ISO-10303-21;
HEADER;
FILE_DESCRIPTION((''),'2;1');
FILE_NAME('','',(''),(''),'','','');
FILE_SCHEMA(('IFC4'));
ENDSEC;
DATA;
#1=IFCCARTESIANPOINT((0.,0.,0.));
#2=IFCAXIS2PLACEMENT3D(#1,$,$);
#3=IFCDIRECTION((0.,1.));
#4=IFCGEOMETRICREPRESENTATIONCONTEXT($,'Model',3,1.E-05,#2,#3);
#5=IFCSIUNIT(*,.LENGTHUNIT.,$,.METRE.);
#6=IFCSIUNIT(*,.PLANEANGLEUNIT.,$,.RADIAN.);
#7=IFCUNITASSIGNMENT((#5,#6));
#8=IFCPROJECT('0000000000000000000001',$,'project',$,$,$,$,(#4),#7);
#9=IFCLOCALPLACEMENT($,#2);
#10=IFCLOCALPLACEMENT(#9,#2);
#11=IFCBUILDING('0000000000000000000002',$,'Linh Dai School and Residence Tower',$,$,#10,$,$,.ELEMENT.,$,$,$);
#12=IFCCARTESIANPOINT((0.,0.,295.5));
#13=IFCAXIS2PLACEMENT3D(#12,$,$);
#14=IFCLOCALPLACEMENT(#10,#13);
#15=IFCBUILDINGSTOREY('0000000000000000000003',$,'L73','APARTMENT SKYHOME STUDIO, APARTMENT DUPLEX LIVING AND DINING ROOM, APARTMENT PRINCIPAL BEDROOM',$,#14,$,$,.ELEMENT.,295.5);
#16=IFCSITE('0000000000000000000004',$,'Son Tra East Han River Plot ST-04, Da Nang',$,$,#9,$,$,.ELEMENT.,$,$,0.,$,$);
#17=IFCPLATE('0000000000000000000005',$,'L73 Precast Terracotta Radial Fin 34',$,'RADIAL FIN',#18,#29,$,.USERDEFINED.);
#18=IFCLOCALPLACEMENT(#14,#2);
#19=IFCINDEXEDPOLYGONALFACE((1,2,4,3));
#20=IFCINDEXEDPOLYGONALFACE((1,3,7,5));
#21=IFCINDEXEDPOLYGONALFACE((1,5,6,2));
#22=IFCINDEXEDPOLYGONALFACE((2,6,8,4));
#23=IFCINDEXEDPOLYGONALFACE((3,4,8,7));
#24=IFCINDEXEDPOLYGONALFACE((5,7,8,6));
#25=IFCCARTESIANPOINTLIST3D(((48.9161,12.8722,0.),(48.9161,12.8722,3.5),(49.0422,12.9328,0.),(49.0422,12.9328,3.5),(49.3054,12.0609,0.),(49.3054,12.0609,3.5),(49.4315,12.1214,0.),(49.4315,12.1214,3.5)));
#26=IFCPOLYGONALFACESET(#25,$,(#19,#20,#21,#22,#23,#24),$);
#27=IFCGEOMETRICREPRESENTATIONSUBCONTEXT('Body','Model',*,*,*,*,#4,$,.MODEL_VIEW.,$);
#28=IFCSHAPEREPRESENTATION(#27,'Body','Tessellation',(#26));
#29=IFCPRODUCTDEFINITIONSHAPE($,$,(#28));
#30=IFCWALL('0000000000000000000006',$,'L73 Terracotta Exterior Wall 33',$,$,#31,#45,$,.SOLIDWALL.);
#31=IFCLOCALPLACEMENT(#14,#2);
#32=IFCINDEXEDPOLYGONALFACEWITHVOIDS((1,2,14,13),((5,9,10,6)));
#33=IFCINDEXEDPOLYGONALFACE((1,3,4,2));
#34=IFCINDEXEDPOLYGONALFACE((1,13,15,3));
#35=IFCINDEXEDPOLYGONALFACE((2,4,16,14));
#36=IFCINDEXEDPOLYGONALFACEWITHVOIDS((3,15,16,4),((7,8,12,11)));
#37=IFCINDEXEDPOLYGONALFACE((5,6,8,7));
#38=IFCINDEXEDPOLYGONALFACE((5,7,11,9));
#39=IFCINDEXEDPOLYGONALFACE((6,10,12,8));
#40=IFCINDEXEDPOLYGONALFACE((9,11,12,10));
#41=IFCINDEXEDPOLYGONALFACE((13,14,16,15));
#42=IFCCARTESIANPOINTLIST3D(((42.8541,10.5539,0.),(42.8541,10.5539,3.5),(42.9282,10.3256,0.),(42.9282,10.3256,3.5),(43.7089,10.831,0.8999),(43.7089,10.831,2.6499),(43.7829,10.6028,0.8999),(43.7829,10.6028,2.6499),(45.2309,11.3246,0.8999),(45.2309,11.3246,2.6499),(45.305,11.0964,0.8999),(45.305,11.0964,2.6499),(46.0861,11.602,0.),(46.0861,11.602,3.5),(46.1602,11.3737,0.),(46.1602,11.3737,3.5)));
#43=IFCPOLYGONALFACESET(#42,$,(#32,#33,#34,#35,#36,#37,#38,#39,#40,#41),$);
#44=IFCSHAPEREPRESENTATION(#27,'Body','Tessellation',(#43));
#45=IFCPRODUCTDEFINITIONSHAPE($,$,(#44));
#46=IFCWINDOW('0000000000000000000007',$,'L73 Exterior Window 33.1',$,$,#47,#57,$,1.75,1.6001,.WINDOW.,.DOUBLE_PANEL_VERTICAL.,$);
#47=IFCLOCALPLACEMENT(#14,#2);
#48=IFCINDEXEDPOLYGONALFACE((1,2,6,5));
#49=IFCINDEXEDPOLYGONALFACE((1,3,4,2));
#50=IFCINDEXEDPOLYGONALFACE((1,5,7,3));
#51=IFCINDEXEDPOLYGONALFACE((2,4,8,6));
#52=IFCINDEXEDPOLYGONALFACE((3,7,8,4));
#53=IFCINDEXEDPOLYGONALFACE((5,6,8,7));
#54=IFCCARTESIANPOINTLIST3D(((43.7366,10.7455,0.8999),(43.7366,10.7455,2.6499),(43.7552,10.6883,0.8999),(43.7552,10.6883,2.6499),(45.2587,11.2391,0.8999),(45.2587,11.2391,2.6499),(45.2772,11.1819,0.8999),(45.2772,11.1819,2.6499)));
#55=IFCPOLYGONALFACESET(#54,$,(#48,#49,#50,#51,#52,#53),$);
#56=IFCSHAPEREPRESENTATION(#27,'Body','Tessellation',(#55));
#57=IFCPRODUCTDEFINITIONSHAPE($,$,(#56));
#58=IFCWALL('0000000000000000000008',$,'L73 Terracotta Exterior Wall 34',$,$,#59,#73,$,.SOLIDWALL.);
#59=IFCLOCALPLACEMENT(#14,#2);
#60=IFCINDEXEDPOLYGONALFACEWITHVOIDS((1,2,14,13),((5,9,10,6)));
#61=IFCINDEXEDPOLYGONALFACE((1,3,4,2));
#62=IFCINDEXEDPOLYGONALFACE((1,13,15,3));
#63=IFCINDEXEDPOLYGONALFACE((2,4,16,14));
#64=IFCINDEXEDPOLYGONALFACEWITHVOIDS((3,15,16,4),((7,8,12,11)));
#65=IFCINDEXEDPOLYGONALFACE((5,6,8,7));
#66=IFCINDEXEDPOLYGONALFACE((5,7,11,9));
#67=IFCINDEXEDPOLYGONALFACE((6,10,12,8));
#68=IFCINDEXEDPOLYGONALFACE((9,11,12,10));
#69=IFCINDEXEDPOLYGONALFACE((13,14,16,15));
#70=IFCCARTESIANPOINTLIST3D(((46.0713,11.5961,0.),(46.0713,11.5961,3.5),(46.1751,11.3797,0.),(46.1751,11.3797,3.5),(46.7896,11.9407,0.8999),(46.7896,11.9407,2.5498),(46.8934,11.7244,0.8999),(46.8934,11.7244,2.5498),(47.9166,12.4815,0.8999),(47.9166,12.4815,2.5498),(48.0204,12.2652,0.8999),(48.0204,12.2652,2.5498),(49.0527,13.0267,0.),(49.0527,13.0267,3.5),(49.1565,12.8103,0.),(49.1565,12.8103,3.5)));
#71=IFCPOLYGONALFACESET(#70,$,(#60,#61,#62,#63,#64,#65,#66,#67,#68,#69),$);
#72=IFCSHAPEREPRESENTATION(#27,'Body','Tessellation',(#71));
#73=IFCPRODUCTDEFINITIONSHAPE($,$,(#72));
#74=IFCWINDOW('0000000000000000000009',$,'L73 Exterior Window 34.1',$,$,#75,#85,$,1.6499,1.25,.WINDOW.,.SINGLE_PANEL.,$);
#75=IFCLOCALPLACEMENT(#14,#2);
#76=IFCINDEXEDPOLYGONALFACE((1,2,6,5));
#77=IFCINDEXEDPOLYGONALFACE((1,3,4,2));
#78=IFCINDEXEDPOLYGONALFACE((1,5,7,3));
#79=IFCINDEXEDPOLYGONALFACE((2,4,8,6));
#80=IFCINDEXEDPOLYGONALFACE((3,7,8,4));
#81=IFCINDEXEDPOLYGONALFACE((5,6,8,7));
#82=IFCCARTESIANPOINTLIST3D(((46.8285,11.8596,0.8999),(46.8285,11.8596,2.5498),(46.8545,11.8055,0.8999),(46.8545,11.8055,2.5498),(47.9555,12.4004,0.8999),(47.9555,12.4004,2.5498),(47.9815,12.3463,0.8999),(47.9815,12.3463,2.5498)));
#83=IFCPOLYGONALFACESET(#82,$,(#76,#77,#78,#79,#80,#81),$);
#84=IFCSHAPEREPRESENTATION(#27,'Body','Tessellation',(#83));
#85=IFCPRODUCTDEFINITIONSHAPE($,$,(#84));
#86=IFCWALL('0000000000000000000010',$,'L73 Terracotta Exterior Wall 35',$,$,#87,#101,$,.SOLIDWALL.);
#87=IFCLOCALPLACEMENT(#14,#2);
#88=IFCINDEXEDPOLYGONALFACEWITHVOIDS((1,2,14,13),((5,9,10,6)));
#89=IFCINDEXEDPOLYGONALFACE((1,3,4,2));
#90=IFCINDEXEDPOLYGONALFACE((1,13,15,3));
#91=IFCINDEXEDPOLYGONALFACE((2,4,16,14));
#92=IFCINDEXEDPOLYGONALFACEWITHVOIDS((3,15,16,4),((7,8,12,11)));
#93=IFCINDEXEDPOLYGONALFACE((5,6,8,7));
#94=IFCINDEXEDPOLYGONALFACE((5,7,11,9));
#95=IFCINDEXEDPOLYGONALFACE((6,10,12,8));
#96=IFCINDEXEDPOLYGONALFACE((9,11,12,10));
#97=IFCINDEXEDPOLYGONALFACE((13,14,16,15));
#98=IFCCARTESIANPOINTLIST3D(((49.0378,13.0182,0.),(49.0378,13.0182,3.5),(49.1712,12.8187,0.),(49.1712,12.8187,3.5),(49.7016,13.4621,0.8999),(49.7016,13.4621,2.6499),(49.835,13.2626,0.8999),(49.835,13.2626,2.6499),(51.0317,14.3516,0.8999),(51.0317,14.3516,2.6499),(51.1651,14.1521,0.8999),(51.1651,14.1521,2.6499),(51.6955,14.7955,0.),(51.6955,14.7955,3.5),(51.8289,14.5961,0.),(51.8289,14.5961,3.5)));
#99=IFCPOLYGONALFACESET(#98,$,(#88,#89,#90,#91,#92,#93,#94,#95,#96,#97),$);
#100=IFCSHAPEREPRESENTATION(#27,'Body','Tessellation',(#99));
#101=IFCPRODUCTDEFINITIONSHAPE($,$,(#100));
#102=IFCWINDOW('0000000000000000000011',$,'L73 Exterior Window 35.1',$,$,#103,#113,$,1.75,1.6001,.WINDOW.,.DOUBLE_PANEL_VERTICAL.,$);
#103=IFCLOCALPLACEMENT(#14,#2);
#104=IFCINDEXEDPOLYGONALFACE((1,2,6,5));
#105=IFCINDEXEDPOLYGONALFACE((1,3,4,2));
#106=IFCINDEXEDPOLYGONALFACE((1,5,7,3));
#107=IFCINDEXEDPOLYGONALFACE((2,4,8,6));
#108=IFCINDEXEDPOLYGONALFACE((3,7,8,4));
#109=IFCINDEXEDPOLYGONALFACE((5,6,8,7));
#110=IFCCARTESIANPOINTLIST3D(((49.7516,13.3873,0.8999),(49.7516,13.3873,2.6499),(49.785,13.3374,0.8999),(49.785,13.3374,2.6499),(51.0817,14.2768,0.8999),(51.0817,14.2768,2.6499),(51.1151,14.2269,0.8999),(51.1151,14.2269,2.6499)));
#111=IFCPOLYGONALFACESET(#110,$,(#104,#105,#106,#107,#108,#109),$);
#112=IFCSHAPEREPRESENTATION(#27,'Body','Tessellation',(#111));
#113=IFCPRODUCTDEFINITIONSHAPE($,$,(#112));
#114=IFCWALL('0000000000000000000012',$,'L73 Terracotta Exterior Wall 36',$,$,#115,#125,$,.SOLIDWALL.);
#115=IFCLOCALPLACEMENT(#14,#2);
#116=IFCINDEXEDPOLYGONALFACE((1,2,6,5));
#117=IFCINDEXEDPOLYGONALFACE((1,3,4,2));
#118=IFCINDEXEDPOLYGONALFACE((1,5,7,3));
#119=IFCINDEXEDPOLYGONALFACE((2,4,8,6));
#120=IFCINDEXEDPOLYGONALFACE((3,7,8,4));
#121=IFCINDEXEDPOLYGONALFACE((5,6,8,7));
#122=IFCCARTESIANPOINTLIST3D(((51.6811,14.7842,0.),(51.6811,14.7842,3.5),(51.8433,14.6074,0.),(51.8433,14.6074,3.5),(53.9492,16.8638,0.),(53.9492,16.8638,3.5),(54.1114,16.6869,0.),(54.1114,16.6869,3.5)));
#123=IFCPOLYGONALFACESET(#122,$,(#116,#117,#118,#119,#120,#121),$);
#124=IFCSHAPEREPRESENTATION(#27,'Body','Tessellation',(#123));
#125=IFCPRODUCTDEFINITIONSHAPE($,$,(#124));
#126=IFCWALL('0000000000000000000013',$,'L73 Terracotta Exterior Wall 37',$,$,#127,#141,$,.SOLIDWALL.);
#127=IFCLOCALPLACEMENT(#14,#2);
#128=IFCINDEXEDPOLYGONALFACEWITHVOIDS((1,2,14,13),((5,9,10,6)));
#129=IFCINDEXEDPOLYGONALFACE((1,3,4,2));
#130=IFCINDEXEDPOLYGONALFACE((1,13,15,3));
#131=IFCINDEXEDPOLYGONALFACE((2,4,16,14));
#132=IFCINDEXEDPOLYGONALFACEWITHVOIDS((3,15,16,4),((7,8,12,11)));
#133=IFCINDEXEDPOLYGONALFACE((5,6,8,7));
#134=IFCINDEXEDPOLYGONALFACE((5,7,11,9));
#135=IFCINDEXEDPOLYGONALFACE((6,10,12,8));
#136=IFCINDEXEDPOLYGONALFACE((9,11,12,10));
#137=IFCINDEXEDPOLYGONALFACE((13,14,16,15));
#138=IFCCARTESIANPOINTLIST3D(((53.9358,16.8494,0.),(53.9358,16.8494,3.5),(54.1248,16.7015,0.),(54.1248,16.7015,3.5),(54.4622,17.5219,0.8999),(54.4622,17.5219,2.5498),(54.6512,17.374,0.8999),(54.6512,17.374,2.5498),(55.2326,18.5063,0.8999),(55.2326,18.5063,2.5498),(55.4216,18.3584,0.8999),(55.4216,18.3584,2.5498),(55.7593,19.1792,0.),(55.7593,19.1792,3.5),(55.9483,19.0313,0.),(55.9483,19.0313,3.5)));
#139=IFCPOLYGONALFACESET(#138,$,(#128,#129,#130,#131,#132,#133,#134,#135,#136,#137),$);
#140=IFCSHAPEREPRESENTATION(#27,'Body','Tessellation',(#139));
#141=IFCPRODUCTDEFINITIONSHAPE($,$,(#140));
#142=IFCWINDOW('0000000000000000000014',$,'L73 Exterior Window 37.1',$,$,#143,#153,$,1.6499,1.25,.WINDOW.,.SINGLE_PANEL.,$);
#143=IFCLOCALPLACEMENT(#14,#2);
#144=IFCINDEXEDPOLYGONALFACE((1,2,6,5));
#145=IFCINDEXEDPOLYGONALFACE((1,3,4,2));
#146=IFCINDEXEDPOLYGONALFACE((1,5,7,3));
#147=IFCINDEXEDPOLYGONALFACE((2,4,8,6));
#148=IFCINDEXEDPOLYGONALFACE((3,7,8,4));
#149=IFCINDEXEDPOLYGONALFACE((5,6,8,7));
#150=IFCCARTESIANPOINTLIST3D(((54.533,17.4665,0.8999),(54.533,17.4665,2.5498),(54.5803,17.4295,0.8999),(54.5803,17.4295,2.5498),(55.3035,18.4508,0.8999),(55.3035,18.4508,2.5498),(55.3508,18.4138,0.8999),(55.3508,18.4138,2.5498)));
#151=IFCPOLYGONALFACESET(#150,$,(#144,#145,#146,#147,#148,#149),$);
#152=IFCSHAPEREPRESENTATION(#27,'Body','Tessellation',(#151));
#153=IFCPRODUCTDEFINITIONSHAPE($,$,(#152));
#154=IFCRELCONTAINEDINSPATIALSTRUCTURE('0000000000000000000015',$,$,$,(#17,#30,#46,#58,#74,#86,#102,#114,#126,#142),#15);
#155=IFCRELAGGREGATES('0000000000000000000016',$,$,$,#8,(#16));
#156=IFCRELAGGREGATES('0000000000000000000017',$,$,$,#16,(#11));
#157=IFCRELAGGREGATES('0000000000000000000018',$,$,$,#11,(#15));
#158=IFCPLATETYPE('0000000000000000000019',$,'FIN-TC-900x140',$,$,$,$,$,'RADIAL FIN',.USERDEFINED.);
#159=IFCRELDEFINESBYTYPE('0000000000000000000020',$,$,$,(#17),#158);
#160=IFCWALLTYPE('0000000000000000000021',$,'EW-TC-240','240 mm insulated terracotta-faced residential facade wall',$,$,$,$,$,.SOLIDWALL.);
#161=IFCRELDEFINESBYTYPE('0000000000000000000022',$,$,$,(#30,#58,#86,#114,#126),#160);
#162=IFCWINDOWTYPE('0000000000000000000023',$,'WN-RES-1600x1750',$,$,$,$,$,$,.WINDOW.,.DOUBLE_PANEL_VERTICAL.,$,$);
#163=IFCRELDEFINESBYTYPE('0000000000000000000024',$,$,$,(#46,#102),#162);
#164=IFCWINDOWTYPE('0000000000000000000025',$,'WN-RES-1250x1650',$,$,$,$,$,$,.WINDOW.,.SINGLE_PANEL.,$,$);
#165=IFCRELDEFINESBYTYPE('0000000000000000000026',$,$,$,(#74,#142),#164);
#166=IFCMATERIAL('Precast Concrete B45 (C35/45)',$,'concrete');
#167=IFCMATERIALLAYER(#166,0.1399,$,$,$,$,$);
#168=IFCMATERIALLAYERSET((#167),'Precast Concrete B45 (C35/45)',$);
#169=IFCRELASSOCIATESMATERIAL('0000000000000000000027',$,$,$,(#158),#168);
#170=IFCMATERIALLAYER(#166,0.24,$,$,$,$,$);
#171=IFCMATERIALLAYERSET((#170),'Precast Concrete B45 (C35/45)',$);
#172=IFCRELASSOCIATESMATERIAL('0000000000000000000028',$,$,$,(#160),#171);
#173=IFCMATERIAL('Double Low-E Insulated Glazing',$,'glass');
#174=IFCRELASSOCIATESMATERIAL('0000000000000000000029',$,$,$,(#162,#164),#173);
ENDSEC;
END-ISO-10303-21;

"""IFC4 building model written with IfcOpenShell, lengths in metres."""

from ifc_helpers import new_model, si_unit, direction, frame, frame_2d, origin, origin_2d, place, context, subcontext, project, spatial, rectangle, extrude, source, transform, mapped, material, layer, layer_set, type_object, element, fill, save


model = new_model("IFC4")

# Units and contexts
model_context = context("Model", 3, precision=1e-05, world=origin(), true_north=direction((0.0, 1.0)))
body_context = subcontext(model_context, "Body", "Model", "MODEL_VIEW")
ifc_project = project(units=[si_unit("LENGTHUNIT", "METRE"), si_unit("PLANEANGLEUNIT", "RADIAN")], contexts=[model_context])

# Site, building, storey
site_placement = place(None, origin())
site = spatial("IfcSite", under=ifc_project, at=site_placement, Name="Son Tra East Han River Plot ST-04, Da Nang", CompositionType="ELEMENT", RefElevation=0.0)
building_placement = place(site_placement, origin())
building = spatial("IfcBuilding", under=site, at=building_placement, Name="Linh Dai School and Residence Tower", CompositionType="ELEMENT")
storey_placement = place(building_placement, frame((0.0, 0.0, 295.5)))
storey = spatial("IfcBuildingStorey", under=building, at=storey_placement, Name="L73", Description="APARTMENT SKYHOME STUDIO, APARTMENT DUPLEX LIVING AND DINING ROOM, APARTMENT PRINCIPAL BEDROOM", CompositionType="ELEMENT", Elevation=295.5)

# Plate
ifc_material_1 = material(Name="Precast Concrete B45 (C35/45)", Category="concrete")
ifc_layer_1 = layer(ifc_material_1, 0.1399)
ifc_layer_set_1 = layer_set([ifc_layer_1], Name="Precast Concrete B45 (C35/45)")
plate_type = type_object("IfcPlateType", Name="FIN-TC-900x140", ElementType="RADIAL FIN", PredefinedType="USERDEFINED", material=ifc_layer_set_1)
shared_shape_1 = source(origin(), body_context, "Body", "SweptSolid", [
    extrude(rectangle(XDim=0.8999, YDim=0.1399, at=origin_2d()), origin(), (0.0, 0.0, 1.0), 3.5),
])
plate_placement = place(storey_placement, frame((49.1738, 12.4968, 0.0), z_axis=(0.0, 0.0, 1.0), x_axis=(0.432612, -0.90158, 0.0)))
element("IfcPlate", 1, at=plate_placement, inside=storey, type_object=plate_type, Name="L73 Precast Terracotta Radial Fin 34", ObjectType="RADIAL FIN", PredefinedType="USERDEFINED", context=body_context, shape_type="MappedRepresentation", body=[
    mapped(shared_shape_1, transform((0.0, 0.0, 0.0), x_axis=(1.0, 0.0, 0.0), y_axis=(0.0, 1.0, 0.0), z_axis=(0.0, 0.0, 1.0), scale=1.0)),
])

# Walls, openings, windows
ifc_layer_2 = layer(ifc_material_1, 0.24)
ifc_layer_set_2 = layer_set([ifc_layer_2], Name="Precast Concrete B45 (C35/45)")
wall_type_1 = type_object("IfcWallType", Name="EW-TC-240", Description="240 mm insulated terracotta-faced residential facade wall", PredefinedType="SOLIDWALL", material=ifc_layer_set_2)
wall_1_placement = place(storey_placement, frame((46.123, 11.4878, 0.0), z_axis=(0.0, 0.0, 1.0), x_axis=(-0.951231, -0.308478, 0.0)))
wall_1 = element("IfcWall", 2, at=wall_1_placement, inside=storey, type_object=wall_type_1, Name="L73 Terracotta Exterior Wall 33", PredefinedType="SOLIDWALL", context=body_context, shape_type="SweptSolid", body=[
    extrude(rectangle(XDim=3.3977, YDim=0.24, at=frame_2d((1.6987, 0.0))), origin(), (0.0, 0.0, 1.0), 3.5),
])
opening_1_placement = place(wall_1_placement, frame((0.8989, 0.0, 0.8999)))
opening_1 = element("IfcOpeningElement", 3, at=opening_1_placement, cuts=wall_1, PredefinedType="OPENING", context=body_context, shape_type="SweptSolid", body=[
    extrude(rectangle(XDim=1.6001, YDim=1.75, at=origin_2d()), frame((0.8, 0.1299, 0.875), z_axis=(0.0, -1.0, 0.0), x_axis=(1.0, 0.0, 0.0)), (0.0, 0.0, 1.0), 0.26),
])
ifc_material_2 = material(Name="Double Low-E Insulated Glazing", Category="glass")
window_type_1 = type_object("IfcWindowType", Name="WN-RES-1600x1750", PartitioningType="DOUBLE_PANEL_VERTICAL", PredefinedType="WINDOW", material=ifc_material_2)
shared_shape_2 = source(origin(), body_context, "Body", "SweptSolid", [
    extrude(rectangle(XDim=1.6001, YDim=1.75, at=origin_2d()), frame((0.8, 0.03, 0.875), z_axis=(0.0, -1.0, 0.0), x_axis=(1.0, 0.0, 0.0)), (0.0, 0.0, 1.0), 0.0601),
])
window_1_placement = place(opening_1_placement, origin())
window_1 = element("IfcWindow", 4, at=window_1_placement, inside=storey, type_object=window_type_1, Name="L73 Exterior Window 33.1", OverallHeight=1.75, OverallWidth=1.6001, PartitioningType="DOUBLE_PANEL_VERTICAL", PredefinedType="WINDOW", context=body_context, shape_type="MappedRepresentation", body=[
    mapped(shared_shape_2, transform((0.0, 0.0, 0.0), x_axis=(1.0, 0.0, 0.0), y_axis=(0.0, 1.0, 0.0), z_axis=(0.0, 0.0, 1.0), scale=1.0)),
])
fill(opening_1, window_1)
wall_2_placement = place(storey_placement, frame((49.1045, 12.9185, 0.0), z_axis=(0.0, 0.0, 1.0), x_axis=(-0.901574, -0.432625, 0.0)))
wall_2 = element("IfcWall", 5, at=wall_2_placement, inside=storey, type_object=wall_type_1, Name="L73 Terracotta Exterior Wall 34", PredefinedType="SOLIDWALL", context=body_context, shape_type="SweptSolid", body=[
    extrude(rectangle(XDim=3.3069, YDim=0.24, at=frame_2d((1.6533, 0.0))), origin(), (0.0, 0.0, 1.0), 3.5),
])
opening_2_placement = place(wall_2_placement, frame((1.26, 0.0, 0.8999)))
opening_2 = element("IfcOpeningElement", 6, at=opening_2_placement, cuts=wall_2, PredefinedType="OPENING", context=body_context, shape_type="SweptSolid", body=[
    extrude(rectangle(XDim=1.25, YDim=1.6499, at=origin_2d()), frame((0.625, 0.1299, 0.825), z_axis=(0.0, -1.0, 0.0), x_axis=(1.0, 0.0, 0.0)), (0.0, 0.0, 1.0), 0.26),
])
window_type_2 = type_object("IfcWindowType", Name="WN-RES-1250x1650", PartitioningType="SINGLE_PANEL", PredefinedType="WINDOW", material=ifc_material_2)
shared_shape_3 = source(origin(), body_context, "Body", "SweptSolid", [
    extrude(rectangle(XDim=1.25, YDim=1.6499, at=origin_2d()), frame((0.625, 0.03, 0.825), z_axis=(0.0, -1.0, 0.0), x_axis=(1.0, 0.0, 0.0)), (0.0, 0.0, 1.0), 0.0601),
])
window_2_placement = place(opening_2_placement, origin())
window_2 = element("IfcWindow", 7, at=window_2_placement, inside=storey, type_object=window_type_2, Name="L73 Exterior Window 34.1", OverallHeight=1.6499, OverallWidth=1.25, PartitioningType="SINGLE_PANEL", PredefinedType="WINDOW", context=body_context, shape_type="MappedRepresentation", body=[
    mapped(shared_shape_3, transform((0.0, 0.0, 0.0), x_axis=(1.0, 0.0, 0.0), y_axis=(0.0, 1.0, 0.0), z_axis=(0.0, 0.0, 1.0), scale=1.0)),
])
fill(opening_2, window_2)
wall_3_placement = place(storey_placement, frame((51.7622, 14.6958, 0.0), z_axis=(0.0, 0.0, 1.0), x_axis=(-0.831251, -0.555898, 0.0)))
wall_3 = element("IfcWall", 8, at=wall_3_placement, inside=storey, type_object=wall_type_1, Name="L73 Terracotta Exterior Wall 35", PredefinedType="SOLIDWALL", context=body_context, shape_type="SweptSolid", body=[
    extrude(rectangle(XDim=3.1973, YDim=0.24, at=frame_2d((1.5986, 0.0))), origin(), (0.0, 0.0, 1.0), 3.5),
])
opening_3_placement = place(wall_3_placement, frame((0.7986, 0.0, 0.8999)))
opening_3 = element("IfcOpeningElement", 9, at=opening_3_placement, cuts=wall_3, PredefinedType="OPENING", context=body_context, shape_type="SweptSolid", body=[
    extrude(rectangle(XDim=1.6001, YDim=1.75, at=origin_2d()), frame((0.8, 0.1299, 0.875), z_axis=(0.0, -1.0, 0.0), x_axis=(1.0, 0.0, 0.0)), (0.0, 0.0, 1.0), 0.26),
])
window_3_placement = place(opening_3_placement, origin())
window_3 = element("IfcWindow", 10, at=window_3_placement, inside=storey, type_object=window_type_1, Name="L73 Exterior Window 35.1", OverallHeight=1.75, OverallWidth=1.6001, PartitioningType="DOUBLE_PANEL_VERTICAL", PredefinedType="WINDOW", context=body_context, shape_type="MappedRepresentation", body=[
    mapped(shared_shape_2, transform((0.0, 0.0, 0.0), x_axis=(1.0, 0.0, 0.0), y_axis=(0.0, 1.0, 0.0), z_axis=(0.0, 0.0, 1.0), scale=1.0)),
])
fill(opening_3, window_3)

# Wall
wall_4_placement = place(storey_placement, frame((54.0303, 16.7754, 0.0), z_axis=(0.0, 0.0, 1.0), x_axis=(-0.737069, -0.675818, 0.0)))
element("IfcWall", 11, at=wall_4_placement, inside=storey, type_object=wall_type_1, Name="L73 Terracotta Exterior Wall 36", PredefinedType="SOLIDWALL", context=body_context, shape_type="SweptSolid", body=[
    extrude(rectangle(XDim=3.0771, YDim=0.24, at=frame_2d((1.5386, 0.0))), origin(), (0.0, 0.0, 1.0), 3.5),
])

# Wall, opening, window
wall_5_placement = place(storey_placement, frame((55.8538, 19.1052, 0.0), z_axis=(0.0, 0.0, 1.0), x_axis=(-0.616337, -0.787482, 0.0)))
wall_5 = element("IfcWall", 12, at=wall_5_placement, inside=storey, type_object=wall_type_1, Name="L73 Terracotta Exterior Wall 37", PredefinedType="SOLIDWALL", context=body_context, shape_type="SweptSolid", body=[
    extrude(rectangle(XDim=2.9585, YDim=0.24, at=frame_2d((1.4792, 0.0))), origin(), (0.0, 0.0, 1.0), 3.5),
])
opening_4_placement = place(wall_5_placement, frame((0.8545, 0.0, 0.8999)))
opening_4 = element("IfcOpeningElement", 13, at=opening_4_placement, cuts=wall_5, PredefinedType="OPENING", context=body_context, shape_type="SweptSolid", body=[
    extrude(rectangle(XDim=1.25, YDim=1.6499, at=origin_2d()), frame((0.625, 0.1299, 0.825), z_axis=(0.0, -1.0, 0.0), x_axis=(1.0, 0.0, 0.0)), (0.0, 0.0, 1.0), 0.26),
])
window_4_placement = place(opening_4_placement, origin())
window_4 = element("IfcWindow", 14, at=window_4_placement, inside=storey, type_object=window_type_2, Name="L73 Exterior Window 37.1", OverallHeight=1.6499, OverallWidth=1.25, PartitioningType="SINGLE_PANEL", PredefinedType="WINDOW", context=body_context, shape_type="MappedRepresentation", body=[
    mapped(shared_shape_3, transform((0.0, 0.0, 0.0), x_axis=(1.0, 0.0, 0.0), y_axis=(0.0, 1.0, 0.0), z_axis=(0.0, 0.0, 1.0), scale=1.0)),
])
fill(opening_4, window_4)

save(model, "model.ifc")
